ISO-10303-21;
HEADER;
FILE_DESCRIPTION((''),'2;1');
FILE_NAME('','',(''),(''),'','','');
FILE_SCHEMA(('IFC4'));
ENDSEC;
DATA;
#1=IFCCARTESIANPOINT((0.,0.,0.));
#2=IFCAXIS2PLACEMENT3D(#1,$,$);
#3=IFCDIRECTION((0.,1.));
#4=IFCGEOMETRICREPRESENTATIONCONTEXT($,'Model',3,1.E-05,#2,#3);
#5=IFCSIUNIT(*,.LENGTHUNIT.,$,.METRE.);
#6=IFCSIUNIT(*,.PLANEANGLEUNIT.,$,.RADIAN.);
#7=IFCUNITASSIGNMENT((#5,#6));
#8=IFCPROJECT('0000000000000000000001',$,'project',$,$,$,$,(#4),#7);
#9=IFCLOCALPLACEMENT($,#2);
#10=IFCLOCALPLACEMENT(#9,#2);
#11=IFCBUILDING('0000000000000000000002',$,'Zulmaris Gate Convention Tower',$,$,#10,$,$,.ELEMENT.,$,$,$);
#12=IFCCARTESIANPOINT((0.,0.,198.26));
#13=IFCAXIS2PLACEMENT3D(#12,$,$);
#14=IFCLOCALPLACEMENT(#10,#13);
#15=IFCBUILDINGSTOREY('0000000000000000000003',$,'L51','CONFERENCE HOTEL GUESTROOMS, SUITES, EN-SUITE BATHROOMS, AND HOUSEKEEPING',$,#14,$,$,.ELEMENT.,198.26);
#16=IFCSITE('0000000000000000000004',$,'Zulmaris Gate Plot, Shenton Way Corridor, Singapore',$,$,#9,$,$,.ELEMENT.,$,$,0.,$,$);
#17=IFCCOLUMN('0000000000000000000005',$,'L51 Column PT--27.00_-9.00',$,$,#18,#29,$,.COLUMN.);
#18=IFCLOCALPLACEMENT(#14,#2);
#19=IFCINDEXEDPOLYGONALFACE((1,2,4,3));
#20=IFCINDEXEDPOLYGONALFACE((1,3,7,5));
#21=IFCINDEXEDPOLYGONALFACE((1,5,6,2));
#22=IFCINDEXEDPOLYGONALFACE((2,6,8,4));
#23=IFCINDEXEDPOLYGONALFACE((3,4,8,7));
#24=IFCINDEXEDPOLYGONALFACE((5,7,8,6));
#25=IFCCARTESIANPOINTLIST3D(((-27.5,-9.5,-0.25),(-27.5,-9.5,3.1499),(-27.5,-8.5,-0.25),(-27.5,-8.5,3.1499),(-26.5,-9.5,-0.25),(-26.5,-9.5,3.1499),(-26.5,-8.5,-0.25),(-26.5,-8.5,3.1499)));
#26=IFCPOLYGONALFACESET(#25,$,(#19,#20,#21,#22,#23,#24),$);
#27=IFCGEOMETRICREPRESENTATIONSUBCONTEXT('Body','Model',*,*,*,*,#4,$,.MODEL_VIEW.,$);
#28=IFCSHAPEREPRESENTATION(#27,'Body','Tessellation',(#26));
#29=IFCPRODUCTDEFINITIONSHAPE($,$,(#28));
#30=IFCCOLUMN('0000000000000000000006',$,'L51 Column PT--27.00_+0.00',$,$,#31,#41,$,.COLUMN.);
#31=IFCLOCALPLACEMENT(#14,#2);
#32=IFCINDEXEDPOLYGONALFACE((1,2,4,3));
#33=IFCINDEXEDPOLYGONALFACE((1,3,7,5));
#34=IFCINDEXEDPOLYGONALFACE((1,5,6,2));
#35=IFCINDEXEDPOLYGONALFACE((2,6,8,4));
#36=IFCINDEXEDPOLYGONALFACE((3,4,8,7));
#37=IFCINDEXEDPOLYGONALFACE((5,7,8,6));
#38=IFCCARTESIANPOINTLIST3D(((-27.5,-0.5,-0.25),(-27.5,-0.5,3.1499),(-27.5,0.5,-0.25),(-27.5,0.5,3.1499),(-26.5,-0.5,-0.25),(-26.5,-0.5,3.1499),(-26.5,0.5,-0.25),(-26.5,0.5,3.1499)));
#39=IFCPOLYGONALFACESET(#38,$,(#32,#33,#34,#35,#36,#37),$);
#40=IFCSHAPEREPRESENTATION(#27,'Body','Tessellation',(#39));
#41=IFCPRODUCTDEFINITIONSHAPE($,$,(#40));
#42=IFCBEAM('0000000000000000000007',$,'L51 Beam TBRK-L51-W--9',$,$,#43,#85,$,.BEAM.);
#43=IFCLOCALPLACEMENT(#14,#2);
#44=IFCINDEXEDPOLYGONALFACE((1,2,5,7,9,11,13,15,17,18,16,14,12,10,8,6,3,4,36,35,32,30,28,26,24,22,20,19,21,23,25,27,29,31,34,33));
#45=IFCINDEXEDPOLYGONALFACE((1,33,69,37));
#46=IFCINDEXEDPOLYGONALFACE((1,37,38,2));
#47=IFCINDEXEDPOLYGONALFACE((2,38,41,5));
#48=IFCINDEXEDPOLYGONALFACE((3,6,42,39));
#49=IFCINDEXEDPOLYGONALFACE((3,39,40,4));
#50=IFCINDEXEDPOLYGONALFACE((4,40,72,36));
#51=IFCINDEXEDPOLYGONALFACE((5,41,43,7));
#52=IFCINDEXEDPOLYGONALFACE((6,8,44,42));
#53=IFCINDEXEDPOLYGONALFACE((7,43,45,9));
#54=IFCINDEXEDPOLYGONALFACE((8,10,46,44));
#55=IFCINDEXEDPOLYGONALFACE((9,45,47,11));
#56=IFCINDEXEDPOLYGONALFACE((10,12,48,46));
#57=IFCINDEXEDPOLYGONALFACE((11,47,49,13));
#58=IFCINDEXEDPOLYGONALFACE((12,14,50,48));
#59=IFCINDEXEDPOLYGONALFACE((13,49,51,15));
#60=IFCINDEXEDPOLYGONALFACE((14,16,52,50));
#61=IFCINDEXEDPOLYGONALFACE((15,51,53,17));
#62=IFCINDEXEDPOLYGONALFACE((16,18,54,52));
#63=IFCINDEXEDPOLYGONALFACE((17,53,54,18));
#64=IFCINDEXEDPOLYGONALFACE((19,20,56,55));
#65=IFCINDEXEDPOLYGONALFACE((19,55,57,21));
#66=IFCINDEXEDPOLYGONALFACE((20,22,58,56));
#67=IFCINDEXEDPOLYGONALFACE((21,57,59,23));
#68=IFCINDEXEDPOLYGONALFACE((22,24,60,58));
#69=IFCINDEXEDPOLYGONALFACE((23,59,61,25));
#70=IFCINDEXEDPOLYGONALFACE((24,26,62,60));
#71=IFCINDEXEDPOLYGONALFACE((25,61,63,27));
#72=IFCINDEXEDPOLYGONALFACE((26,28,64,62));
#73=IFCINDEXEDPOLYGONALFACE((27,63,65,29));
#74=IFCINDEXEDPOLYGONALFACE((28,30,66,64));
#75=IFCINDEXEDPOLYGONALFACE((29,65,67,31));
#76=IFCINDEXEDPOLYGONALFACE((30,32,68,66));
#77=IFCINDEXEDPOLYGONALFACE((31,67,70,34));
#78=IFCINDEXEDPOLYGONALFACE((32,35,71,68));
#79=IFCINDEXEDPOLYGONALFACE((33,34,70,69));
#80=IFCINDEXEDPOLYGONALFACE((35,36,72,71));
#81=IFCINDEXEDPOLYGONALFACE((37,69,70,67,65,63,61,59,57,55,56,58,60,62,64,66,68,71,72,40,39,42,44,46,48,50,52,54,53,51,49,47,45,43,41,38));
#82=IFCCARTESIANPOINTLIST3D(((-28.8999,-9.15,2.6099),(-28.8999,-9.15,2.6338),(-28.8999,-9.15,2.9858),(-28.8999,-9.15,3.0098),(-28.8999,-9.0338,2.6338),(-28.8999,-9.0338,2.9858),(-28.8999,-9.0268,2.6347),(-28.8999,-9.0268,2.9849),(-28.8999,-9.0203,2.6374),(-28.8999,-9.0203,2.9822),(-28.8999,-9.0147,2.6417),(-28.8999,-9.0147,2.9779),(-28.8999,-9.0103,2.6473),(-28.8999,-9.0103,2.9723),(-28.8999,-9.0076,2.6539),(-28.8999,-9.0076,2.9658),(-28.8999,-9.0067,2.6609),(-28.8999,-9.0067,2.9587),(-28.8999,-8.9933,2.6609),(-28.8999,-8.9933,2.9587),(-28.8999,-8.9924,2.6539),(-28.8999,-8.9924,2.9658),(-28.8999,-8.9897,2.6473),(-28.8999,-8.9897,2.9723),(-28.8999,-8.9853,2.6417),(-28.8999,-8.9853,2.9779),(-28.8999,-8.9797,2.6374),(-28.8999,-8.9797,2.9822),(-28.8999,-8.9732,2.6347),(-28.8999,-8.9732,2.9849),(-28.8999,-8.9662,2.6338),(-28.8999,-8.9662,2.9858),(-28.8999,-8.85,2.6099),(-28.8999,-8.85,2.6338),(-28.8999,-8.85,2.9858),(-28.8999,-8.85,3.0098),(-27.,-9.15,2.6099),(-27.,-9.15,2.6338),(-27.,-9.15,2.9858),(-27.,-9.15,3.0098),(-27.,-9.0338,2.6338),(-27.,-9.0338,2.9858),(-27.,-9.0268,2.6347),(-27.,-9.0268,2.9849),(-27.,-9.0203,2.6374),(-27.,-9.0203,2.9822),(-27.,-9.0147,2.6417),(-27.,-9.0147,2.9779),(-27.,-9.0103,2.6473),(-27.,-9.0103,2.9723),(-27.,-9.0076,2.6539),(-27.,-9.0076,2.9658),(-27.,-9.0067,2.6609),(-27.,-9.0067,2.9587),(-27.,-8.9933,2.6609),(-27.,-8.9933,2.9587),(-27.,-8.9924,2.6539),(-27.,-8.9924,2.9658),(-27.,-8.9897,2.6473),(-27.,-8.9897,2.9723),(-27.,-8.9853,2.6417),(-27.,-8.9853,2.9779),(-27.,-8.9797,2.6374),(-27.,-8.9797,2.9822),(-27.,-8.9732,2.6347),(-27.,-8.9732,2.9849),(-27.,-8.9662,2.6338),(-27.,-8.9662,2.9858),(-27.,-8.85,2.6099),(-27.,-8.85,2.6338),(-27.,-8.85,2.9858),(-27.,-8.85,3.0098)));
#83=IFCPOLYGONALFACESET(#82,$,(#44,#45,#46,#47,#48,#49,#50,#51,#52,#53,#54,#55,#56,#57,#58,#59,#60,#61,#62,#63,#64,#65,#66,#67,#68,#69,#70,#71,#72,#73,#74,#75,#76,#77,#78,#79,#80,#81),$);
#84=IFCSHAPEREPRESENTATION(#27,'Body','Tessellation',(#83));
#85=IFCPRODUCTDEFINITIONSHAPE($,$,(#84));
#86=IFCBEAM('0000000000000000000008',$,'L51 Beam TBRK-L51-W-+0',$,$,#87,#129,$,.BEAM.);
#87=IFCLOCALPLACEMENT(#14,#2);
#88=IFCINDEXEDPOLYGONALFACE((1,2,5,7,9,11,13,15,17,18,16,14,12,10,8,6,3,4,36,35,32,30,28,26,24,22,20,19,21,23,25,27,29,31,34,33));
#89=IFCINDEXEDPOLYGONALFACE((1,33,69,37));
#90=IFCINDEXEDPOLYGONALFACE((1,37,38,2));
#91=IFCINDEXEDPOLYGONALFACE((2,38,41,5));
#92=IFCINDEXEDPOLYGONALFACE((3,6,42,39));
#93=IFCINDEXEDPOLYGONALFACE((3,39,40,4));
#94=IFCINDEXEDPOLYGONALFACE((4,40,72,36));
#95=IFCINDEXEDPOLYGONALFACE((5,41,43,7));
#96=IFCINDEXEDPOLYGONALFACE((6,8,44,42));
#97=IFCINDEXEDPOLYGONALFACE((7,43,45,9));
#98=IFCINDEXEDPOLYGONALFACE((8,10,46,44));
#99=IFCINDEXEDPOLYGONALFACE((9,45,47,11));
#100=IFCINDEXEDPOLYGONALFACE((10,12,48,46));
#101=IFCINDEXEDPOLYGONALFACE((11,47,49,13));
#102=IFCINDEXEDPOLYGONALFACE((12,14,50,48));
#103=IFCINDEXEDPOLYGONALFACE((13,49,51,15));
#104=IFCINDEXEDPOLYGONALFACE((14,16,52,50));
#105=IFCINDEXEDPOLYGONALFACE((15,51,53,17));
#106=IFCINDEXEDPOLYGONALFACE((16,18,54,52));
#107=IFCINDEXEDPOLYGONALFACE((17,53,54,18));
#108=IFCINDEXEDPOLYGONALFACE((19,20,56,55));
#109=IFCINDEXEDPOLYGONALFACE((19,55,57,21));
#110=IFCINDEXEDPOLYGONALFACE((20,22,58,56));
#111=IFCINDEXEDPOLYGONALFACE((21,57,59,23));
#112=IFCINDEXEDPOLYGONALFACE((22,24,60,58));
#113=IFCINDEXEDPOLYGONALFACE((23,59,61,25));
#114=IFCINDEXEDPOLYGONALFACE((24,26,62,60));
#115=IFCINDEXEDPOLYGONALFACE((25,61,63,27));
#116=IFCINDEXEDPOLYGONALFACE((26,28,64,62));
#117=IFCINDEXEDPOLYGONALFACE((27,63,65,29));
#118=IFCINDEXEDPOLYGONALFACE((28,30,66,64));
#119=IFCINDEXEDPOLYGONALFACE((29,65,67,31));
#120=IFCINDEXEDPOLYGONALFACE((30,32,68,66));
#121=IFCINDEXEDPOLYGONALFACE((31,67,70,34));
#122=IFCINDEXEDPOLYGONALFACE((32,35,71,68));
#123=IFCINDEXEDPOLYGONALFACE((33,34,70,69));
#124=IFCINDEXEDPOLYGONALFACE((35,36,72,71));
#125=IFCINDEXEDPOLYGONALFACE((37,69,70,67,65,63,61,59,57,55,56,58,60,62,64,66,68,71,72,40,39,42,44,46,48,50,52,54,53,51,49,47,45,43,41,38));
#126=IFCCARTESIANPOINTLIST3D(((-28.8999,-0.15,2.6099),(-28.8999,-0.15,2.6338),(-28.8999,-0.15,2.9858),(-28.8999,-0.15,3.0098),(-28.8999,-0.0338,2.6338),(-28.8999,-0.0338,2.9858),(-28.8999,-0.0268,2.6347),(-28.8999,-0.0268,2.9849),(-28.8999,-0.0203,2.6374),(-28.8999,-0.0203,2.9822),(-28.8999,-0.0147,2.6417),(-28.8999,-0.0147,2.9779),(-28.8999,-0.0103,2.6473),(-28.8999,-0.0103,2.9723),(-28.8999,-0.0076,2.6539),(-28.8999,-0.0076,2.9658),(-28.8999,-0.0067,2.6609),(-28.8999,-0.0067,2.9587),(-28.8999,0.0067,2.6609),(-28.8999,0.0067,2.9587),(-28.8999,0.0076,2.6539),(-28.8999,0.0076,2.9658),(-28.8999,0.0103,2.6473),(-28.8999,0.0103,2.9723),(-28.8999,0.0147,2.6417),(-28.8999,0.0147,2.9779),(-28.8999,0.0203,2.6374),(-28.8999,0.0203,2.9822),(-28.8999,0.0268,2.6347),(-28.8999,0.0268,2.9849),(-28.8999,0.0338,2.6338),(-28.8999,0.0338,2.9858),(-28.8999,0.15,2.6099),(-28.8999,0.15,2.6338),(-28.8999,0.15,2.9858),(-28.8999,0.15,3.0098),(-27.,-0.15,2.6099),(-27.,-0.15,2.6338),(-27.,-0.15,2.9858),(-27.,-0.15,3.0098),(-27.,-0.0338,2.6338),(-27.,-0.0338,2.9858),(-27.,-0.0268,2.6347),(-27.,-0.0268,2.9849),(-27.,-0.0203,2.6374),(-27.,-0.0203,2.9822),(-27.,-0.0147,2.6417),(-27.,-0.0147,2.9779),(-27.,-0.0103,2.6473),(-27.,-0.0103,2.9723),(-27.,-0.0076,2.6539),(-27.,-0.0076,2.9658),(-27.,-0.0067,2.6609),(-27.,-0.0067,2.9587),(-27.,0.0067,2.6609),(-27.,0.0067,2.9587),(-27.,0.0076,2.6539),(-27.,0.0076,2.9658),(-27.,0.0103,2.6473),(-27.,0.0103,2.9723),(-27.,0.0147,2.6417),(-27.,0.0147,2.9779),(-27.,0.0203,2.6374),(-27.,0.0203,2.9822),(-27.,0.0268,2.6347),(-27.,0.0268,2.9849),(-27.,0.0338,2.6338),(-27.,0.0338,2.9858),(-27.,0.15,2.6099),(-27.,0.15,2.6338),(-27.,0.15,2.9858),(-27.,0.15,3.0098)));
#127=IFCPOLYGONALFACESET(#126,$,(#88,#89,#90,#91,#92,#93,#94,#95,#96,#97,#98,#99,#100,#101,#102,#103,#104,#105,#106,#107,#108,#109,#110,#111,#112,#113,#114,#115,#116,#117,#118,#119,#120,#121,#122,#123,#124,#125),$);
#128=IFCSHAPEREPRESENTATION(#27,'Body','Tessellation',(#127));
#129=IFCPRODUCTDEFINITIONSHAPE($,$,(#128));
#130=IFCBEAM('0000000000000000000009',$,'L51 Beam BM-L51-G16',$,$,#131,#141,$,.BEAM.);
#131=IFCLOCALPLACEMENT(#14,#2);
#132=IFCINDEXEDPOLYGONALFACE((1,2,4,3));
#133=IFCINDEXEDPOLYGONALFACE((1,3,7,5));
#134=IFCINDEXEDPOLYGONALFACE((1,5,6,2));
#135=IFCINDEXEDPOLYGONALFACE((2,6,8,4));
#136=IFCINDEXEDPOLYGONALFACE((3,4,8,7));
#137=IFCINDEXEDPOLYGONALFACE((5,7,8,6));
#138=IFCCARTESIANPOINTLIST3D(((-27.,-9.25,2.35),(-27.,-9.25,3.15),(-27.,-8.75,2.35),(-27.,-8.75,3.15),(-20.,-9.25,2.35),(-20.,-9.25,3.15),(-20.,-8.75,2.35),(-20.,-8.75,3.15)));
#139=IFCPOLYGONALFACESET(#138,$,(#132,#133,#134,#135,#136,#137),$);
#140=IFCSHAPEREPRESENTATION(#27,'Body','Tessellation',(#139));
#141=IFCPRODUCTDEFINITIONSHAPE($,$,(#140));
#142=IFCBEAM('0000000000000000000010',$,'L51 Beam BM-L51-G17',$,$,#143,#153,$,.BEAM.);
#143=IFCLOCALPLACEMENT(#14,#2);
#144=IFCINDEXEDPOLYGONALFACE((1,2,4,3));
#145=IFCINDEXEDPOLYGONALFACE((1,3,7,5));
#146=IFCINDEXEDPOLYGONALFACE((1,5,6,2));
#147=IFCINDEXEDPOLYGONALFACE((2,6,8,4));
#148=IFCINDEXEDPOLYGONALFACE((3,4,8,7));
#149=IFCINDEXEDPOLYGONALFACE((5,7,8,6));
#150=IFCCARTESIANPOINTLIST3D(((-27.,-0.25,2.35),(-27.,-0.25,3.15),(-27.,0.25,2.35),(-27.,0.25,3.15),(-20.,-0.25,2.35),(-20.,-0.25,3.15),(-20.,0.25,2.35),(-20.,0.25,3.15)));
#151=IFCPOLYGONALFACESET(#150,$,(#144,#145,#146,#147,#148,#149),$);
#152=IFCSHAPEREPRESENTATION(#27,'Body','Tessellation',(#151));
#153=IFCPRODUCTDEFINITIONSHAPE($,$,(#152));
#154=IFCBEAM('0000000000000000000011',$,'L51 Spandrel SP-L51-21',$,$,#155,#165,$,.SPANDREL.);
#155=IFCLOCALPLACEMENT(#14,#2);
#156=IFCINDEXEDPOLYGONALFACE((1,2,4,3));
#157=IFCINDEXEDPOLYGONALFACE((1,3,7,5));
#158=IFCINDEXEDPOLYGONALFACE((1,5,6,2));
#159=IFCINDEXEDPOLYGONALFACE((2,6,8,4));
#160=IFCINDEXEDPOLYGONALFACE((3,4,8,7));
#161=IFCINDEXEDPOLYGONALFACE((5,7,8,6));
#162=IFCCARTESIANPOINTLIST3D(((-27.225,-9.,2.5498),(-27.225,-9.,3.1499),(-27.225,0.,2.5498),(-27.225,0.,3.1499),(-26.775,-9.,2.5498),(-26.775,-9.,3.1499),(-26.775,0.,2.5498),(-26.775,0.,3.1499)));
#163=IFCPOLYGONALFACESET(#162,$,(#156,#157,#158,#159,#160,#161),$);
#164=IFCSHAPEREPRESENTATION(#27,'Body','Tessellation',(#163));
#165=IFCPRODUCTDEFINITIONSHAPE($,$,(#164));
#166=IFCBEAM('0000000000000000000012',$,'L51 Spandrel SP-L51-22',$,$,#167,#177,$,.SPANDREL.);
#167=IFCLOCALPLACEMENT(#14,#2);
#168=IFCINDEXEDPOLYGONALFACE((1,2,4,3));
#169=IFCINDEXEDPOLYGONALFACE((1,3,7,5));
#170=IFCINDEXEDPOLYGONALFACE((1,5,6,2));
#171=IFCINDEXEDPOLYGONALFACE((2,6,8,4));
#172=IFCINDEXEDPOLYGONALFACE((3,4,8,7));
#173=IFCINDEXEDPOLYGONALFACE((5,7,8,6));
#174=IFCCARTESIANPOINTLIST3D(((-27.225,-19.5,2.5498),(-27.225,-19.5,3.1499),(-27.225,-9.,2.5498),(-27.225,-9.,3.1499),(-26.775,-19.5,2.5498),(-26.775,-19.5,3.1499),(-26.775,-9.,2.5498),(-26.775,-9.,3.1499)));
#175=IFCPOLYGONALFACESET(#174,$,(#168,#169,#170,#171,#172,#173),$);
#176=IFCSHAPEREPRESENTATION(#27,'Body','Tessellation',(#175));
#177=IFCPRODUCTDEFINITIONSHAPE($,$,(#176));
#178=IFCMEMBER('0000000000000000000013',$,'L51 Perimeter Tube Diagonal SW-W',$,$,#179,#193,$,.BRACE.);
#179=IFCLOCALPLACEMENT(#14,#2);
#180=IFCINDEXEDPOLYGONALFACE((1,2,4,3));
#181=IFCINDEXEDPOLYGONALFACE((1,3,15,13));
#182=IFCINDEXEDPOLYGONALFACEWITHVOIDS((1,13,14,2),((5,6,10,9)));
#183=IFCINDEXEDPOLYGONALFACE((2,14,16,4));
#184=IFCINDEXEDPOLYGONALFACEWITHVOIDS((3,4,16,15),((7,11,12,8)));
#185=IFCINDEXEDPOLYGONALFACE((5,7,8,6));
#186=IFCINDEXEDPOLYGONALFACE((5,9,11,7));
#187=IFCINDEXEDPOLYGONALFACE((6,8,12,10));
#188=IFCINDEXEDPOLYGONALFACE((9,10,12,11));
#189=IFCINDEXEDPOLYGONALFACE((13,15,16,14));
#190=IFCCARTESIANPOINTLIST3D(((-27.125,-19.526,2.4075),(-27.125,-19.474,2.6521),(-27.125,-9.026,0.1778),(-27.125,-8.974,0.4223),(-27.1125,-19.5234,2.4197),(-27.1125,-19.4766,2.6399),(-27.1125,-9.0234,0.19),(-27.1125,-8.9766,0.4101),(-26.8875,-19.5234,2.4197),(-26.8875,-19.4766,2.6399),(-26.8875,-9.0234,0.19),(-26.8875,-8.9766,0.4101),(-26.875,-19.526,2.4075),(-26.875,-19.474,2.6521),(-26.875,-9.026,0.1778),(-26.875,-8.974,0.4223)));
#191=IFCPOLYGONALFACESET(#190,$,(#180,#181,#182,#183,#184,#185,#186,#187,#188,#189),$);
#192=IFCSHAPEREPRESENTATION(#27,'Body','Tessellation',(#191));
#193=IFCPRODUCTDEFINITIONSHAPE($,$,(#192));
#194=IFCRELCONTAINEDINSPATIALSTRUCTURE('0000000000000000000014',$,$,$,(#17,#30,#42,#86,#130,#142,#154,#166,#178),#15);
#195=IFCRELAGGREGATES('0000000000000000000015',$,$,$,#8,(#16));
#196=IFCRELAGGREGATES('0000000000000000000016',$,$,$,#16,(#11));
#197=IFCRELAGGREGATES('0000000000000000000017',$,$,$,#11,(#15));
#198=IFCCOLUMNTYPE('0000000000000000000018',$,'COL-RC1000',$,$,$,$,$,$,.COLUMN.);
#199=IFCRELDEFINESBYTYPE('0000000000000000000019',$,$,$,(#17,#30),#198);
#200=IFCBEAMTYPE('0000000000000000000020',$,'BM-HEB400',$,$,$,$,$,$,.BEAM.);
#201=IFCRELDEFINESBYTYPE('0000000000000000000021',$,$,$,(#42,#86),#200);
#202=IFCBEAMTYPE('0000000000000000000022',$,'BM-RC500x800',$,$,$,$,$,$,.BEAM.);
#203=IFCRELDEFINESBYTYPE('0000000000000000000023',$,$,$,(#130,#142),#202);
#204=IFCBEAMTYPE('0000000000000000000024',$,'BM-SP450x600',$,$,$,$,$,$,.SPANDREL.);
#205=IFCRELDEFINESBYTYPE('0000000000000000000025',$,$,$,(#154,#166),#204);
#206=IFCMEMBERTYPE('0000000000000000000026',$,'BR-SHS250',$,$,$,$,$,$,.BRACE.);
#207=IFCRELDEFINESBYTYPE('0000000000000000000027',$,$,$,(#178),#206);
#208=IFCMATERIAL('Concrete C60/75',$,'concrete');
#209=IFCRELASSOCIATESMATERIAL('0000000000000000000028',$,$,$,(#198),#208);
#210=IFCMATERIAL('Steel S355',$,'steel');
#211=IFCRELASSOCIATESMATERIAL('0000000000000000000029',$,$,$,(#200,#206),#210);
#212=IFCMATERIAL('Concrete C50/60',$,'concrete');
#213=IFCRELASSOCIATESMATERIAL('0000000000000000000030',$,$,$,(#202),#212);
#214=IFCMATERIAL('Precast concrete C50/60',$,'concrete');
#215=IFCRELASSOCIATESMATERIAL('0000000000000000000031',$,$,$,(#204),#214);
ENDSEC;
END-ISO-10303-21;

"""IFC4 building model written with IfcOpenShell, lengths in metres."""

from ifc_helpers import new_model, si_unit, direction, frame, origin, origin_2d, place, context, subcontext, project, spatial, rectangle, hollow_rectangle, i_section, extrude, material, material_profile, profile_set, type_object, element, save


model = new_model("IFC4")

# Units and contexts
model_context = context("Model", 3, precision=1e-05, world=origin(), true_north=direction((0.0, 1.0)))
body_context = subcontext(model_context, "Body", "Model", "MODEL_VIEW")
ifc_project = project(units=[si_unit("LENGTHUNIT", "METRE"), si_unit("PLANEANGLEUNIT", "RADIAN")], contexts=[model_context])

# Site, building, storey
site_placement = place(None, origin())
site = spatial("IfcSite", under=ifc_project, at=site_placement, Name="Zulmaris Gate Plot, Shenton Way Corridor, Singapore", CompositionType="ELEMENT", RefElevation=0.0)
building_placement = place(site_placement, origin())
building = spatial("IfcBuilding", under=site, at=building_placement, Name="Zulmaris Gate Convention Tower", CompositionType="ELEMENT")
storey_placement = place(building_placement, frame((0.0, 0.0, 198.26)))
storey = spatial("IfcBuildingStorey", under=building, at=storey_placement, Name="L51", Description="CONFERENCE HOTEL GUESTROOMS, SUITES, EN-SUITE BATHROOMS, AND HOUSEKEEPING", CompositionType="ELEMENT", Elevation=198.26)

# Columns
ifc_material_1 = material(Name="Concrete C60/75", Category="concrete")
ifc_material_profile_1 = material_profile(ifc_material_1, rectangle(XDim=1.0, YDim=1.0, at=origin_2d()), Name="RC COL 1000x1000")
ifc_profile_set_1 = profile_set([ifc_material_profile_1], Name="Concrete C60/75")
column_type = type_object("IfcColumnType", Name="COL-RC1000", PredefinedType="COLUMN", material=ifc_profile_set_1)
for number, where, z_axis, x_axis, name in (
    (1, (-27.0, -9.0, -0.25), (0.0, 0.0, 1.0), (1.0, 0.0, 0.0), "L51 Column PT--27.00_-9.00"),
    (2, (-27.0, 0.0, -0.25), (0.0, 0.0, 1.0), (1.0, 0.0, 0.0), "L51 Column PT--27.00_+0.00"),
):
    element("IfcColumn", number, at=place(storey_placement, frame(where, z_axis=z_axis, x_axis=x_axis)), inside=storey, type_object=column_type, Name=name, PredefinedType="COLUMN", context=body_context, shape_type="SweptSolid", body=[
        extrude(rectangle(XDim=1.0, YDim=1.0, at=origin_2d()), origin(), (0.0, 0.0, 1.0), 3.3999),
    ])

# Beams
ifc_material_2 = material(Name="Steel S355", Category="steel")
ifc_material_profile_2 = material_profile(ifc_material_2, i_section(OverallWidth=0.3, OverallDepth=0.3999, WebThickness=0.0134, FlangeThickness=0.0239, FilletRadius=0.0271, at=origin_2d()), Name="HEB 400")
ifc_profile_set_2 = profile_set([ifc_material_profile_2], Name="Steel S355")
beam_type_1 = type_object("IfcBeamType", Name="BM-HEB400", PredefinedType="BEAM", material=ifc_profile_set_2)
for number, where, z_axis, x_axis, name in (
    (3, (-28.8999, -9.0, 2.8098), (1.0, 0.0, 0.0), (0.0, 1.0, 0.0), "L51 Beam TBRK-L51-W--9"),
    (4, (-28.8999, 0.0, 2.8098), (1.0, 0.0, 0.0), (0.0, 1.0, 0.0), "L51 Beam TBRK-L51-W-+0"),
):
    element("IfcBeam", number, at=place(storey_placement, frame(where, z_axis=z_axis, x_axis=x_axis)), inside=storey, type_object=beam_type_1, Name=name, PredefinedType="BEAM", context=body_context, shape_type="SweptSolid", body=[
        extrude(i_section(OverallWidth=0.3, OverallDepth=0.3999, WebThickness=0.0134, FlangeThickness=0.0239, FilletRadius=0.0271, at=origin_2d()), origin(), (0.0, 0.0, 1.0), 1.8999),
    ])
ifc_material_3 = material(Name="Concrete C50/60", Category="concrete")
ifc_material_profile_3 = material_profile(ifc_material_3, rectangle(XDim=0.5, YDim=0.8, at=origin_2d()), Name="RC BEAM 500x800")
ifc_profile_set_3 = profile_set([ifc_material_profile_3], Name="Concrete C50/60")
beam_type_2 = type_object("IfcBeamType", Name="BM-RC500x800", PredefinedType="BEAM", material=ifc_profile_set_3)
for number, where, z_axis, x_axis, name in (
    (5, (-27.0, -9.0, 2.75), (1.0, 0.0, 0.0), (0.0, 1.0, 0.0), "L51 Beam BM-L51-G16"),
    (6, (-27.0, 0.0, 2.75), (1.0, 0.0, 0.0), (0.0, 1.0, 0.0), "L51 Beam BM-L51-G17"),
):
    element("IfcBeam", number, at=place(storey_placement, frame(where, z_axis=z_axis, x_axis=x_axis)), inside=storey, type_object=beam_type_2, Name=name, PredefinedType="BEAM", context=body_context, shape_type="SweptSolid", body=[
        extrude(rectangle(XDim=0.5, YDim=0.8, at=origin_2d()), origin(), (0.0, 0.0, 1.0), 7.0),
    ])
ifc_material_4 = material(Name="Precast concrete C50/60", Category="concrete")
ifc_material_profile_4 = material_profile(ifc_material_4, rectangle(XDim=0.45, YDim=0.6001, at=origin_2d()), Name="RC SPANDREL 450x600")
ifc_profile_set_4 = profile_set([ifc_material_profile_4], Name="Precast concrete C50/60")
beam_type_3 = type_object("IfcBeamType", Name="BM-SP450x600", PredefinedType="SPANDREL", material=ifc_profile_set_4)
beam_1_placement = place(storey_placement, frame((-27.0, 0.0, 2.8499), z_axis=(0.0, -1.0, 0.0), x_axis=(1.0, 0.0, 0.0)))
element("IfcBeam", 7, at=beam_1_placement, inside=storey, type_object=beam_type_3, Name="L51 Spandrel SP-L51-21", PredefinedType="SPANDREL", context=body_context, shape_type="SweptSolid", body=[
    extrude(rectangle(XDim=0.45, YDim=0.6001, at=origin_2d()), origin(), (0.0, 0.0, 1.0), 9.0),
])
beam_2_placement = place(storey_placement, frame((-27.0, -9.0, 2.8499), z_axis=(0.0, -1.0, 0.0), x_axis=(1.0, 0.0, 0.0)))
element("IfcBeam", 8, at=beam_2_placement, inside=storey, type_object=beam_type_3, Name="L51 Spandrel SP-L51-22", PredefinedType="SPANDREL", context=body_context, shape_type="SweptSolid", body=[
    extrude(rectangle(XDim=0.45, YDim=0.6001, at=origin_2d()), origin(), (0.0, 0.0, 1.0), 10.5),
])

# Member
ifc_material_profile_5 = material_profile(ifc_material_2, hollow_rectangle(XDim=0.25, YDim=0.25, WallThickness=0.0125, at=origin_2d()), Name="SHS 250x250x12.5")
ifc_profile_set_5 = profile_set([ifc_material_profile_5], Name="Steel S355")
member_type = type_object("IfcMemberType", Name="BR-SHS250", PredefinedType="BRACE", material=ifc_profile_set_5)
member_placement = place(storey_placement, frame((-27.0, -9.0, 0.3), z_axis=(0.0, -0.978188, 0.207724), x_axis=(1.0, 0.0, 0.0)))
element("IfcMember", 9, at=member_placement, inside=storey, type_object=member_type, Name="L51 Perimeter Tube Diagonal SW-W", PredefinedType="BRACE", context=body_context, shape_type="SweptSolid", body=[
    extrude(hollow_rectangle(XDim=0.25, YDim=0.25, WallThickness=0.0125, at=origin_2d()), origin(), (0.0, 0.0, 1.0), 10.7341),
])

save(model, "model.ifc")
